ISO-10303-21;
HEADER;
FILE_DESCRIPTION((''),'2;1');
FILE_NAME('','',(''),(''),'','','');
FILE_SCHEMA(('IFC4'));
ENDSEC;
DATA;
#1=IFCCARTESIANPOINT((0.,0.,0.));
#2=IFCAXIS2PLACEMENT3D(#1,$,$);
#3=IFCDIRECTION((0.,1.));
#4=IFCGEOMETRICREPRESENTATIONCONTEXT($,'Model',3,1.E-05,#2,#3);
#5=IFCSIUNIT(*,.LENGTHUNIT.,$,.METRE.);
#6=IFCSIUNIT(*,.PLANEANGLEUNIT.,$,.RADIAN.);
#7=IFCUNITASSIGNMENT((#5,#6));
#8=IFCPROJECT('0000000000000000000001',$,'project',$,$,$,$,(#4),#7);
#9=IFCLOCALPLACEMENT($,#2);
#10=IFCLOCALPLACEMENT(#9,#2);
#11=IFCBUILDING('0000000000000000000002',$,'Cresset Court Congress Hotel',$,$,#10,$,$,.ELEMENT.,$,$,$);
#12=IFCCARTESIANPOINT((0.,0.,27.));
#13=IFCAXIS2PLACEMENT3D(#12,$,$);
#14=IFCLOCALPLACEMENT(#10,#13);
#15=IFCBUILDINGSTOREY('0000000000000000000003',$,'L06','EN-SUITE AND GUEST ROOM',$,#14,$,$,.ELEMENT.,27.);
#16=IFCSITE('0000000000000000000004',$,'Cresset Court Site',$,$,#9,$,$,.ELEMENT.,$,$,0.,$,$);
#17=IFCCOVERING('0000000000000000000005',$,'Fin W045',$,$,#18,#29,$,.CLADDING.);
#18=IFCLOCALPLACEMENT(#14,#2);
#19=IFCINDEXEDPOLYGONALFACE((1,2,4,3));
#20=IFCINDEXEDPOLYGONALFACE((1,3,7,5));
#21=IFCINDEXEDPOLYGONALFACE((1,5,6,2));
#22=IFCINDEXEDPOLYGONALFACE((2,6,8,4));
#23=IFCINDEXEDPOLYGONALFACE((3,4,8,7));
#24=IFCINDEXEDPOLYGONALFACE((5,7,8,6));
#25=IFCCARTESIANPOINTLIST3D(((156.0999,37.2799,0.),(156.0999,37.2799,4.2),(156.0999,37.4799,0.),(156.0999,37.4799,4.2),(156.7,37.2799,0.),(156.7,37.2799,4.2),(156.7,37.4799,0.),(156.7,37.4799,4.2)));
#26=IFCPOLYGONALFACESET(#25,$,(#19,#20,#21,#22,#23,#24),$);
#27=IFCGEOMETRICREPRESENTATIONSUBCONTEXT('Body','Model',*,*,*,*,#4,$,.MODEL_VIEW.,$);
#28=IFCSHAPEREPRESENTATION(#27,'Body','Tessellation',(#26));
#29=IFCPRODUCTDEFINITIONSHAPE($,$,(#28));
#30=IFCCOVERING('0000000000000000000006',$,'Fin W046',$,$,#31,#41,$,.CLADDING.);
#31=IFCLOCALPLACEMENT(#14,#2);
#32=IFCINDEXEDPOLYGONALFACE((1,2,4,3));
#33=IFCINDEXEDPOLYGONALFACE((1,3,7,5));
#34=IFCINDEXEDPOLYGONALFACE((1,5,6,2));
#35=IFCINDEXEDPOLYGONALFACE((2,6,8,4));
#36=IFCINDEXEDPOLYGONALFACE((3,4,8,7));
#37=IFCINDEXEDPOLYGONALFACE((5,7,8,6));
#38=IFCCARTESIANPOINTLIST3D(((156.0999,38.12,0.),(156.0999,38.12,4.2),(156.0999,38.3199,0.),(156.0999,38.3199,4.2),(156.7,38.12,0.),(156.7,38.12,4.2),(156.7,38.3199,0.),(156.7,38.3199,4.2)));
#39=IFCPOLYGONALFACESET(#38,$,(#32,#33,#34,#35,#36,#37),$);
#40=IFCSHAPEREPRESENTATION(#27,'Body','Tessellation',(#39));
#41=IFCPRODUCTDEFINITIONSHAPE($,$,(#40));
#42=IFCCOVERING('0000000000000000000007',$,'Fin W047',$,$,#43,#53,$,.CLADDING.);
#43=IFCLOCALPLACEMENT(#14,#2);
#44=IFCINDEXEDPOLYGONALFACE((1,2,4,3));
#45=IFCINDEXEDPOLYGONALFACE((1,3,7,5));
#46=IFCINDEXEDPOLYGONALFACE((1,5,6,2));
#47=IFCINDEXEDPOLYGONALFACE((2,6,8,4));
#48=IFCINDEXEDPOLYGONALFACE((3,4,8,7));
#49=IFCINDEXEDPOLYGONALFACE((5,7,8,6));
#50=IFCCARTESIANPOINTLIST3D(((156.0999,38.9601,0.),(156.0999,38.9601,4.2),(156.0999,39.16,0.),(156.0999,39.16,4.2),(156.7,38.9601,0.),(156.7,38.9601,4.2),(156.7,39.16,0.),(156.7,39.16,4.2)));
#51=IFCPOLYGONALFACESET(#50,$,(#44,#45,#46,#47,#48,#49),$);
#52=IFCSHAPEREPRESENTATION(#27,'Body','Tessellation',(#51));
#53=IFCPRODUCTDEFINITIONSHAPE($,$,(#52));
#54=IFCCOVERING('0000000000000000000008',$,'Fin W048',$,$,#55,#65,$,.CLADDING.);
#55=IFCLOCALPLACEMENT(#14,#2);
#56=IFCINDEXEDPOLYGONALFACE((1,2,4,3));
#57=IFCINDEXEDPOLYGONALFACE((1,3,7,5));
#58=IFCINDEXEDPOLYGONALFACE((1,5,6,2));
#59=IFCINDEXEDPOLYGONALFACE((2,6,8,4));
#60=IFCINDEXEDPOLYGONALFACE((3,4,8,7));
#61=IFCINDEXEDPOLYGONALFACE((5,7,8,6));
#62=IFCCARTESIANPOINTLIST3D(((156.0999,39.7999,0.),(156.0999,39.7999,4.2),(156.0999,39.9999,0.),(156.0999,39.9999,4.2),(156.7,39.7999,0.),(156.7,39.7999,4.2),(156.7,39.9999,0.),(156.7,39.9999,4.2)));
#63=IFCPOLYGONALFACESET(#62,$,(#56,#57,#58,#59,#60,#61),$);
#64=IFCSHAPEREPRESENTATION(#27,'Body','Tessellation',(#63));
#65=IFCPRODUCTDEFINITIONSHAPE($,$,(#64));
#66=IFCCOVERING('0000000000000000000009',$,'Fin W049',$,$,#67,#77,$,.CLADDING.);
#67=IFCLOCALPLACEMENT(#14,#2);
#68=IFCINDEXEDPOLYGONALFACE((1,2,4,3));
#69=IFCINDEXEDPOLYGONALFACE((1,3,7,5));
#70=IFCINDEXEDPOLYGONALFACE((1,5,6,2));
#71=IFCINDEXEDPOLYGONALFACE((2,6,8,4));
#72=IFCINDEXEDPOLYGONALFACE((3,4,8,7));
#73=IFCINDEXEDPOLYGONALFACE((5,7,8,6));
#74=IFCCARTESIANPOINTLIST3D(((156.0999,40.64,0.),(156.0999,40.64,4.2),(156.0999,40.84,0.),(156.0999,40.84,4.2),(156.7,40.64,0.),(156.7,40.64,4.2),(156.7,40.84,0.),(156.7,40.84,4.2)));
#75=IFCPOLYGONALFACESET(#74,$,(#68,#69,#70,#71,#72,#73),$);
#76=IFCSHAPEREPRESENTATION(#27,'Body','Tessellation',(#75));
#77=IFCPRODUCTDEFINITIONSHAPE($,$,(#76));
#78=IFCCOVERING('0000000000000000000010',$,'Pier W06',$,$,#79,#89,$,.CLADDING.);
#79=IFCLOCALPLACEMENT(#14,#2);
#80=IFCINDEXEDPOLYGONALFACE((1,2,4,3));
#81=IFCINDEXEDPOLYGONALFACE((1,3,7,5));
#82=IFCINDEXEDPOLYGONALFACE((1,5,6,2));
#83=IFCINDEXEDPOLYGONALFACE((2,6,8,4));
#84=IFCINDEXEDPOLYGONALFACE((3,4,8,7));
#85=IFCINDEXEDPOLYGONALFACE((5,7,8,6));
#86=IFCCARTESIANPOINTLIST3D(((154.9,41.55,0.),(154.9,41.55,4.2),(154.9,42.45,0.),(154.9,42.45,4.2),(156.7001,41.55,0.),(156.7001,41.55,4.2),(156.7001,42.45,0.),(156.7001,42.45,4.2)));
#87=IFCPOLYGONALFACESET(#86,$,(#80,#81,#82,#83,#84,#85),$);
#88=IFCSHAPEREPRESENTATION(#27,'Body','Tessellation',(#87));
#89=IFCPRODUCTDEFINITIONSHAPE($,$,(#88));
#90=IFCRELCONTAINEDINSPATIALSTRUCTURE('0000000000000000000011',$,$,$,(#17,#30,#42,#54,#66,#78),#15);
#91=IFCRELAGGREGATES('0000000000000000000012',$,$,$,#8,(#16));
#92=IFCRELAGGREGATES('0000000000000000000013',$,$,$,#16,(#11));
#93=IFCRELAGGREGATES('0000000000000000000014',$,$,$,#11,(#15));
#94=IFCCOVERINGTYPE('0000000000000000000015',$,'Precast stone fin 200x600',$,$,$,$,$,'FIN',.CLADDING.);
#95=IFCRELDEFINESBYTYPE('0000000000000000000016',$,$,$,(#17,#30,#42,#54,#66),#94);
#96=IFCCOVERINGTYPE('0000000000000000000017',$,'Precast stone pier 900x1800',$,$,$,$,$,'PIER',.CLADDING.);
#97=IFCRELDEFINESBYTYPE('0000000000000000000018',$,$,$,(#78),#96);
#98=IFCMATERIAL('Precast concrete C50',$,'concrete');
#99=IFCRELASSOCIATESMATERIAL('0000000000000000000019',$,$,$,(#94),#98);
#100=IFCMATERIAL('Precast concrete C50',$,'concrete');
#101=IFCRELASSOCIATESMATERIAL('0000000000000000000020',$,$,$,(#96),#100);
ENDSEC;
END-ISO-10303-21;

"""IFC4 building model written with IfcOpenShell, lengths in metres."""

from ifc_helpers import new_model, si_unit, direction, frame, origin, origin_2d, place, context, subcontext, project, spatial, rectangle, extrude, material, type_object, element, save


model = new_model("IFC4")

# Units and contexts
model_context = context("Model", 3, precision=1e-05, world=origin(), true_north=direction((0.0, 1.0)))
body_context = subcontext(model_context, "Body", "Model", "MODEL_VIEW")
ifc_project = project(units=[si_unit("LENGTHUNIT", "METRE"), si_unit("PLANEANGLEUNIT", "RADIAN")], contexts=[model_context])

# Site, building, storey
site_placement = place(None, origin())
site = spatial("IfcSite", under=ifc_project, at=site_placement, Name="Cresset Court Site", CompositionType="ELEMENT", RefElevation=0.0)
building_placement = place(site_placement, origin())
building = spatial("IfcBuilding", under=site, at=building_placement, Name="Cresset Court Congress Hotel", CompositionType="ELEMENT")
storey_placement = place(building_placement, frame((0.0, 0.0, 27.0)))
storey = spatial("IfcBuildingStorey", under=building, at=storey_placement, Name="L06", Description="EN-SUITE AND GUEST ROOM", CompositionType="ELEMENT", Elevation=27.0)

# Coverings
ifc_material_1 = material(Name="Precast concrete C50", Category="concrete")
covering_type_1 = type_object("IfcCoveringType", Name="Precast stone fin 200x600", ElementType="FIN", PredefinedType="CLADDING", material=ifc_material_1)
for number, where, z_axis, x_axis, name in (
    (1, (156.3999, 37.3799, 0.0), (0.0, 0.0, 1.0), (1.0, 0.0, 0.0), "Fin W045"),
    (2, (156.3999, 38.22, 0.0), (0.0, 0.0, 1.0), (1.0, 0.0, 0.0), "Fin W046"),
    (3, (156.3999, 39.0601, 0.0), (0.0, 0.0, 1.0), (1.0, 0.0, 0.0), "Fin W047"),
    (4, (156.3999, 39.8999, 0.0), (0.0, 0.0, 1.0), (1.0, 0.0, 0.0), "Fin W048"),
    (5, (156.3999, 40.74, 0.0), (0.0, 0.0, 1.0), (1.0, 0.0, 0.0), "Fin W049"),
):
    element("IfcCovering", number, at=place(storey_placement, frame(where, z_axis=z_axis, x_axis=x_axis)), inside=storey, type_object=covering_type_1, Name=name, PredefinedType="CLADDING", context=body_context, shape_type="SweptSolid", body=[
        extrude(rectangle(XDim=0.6001, YDim=0.2, at=origin_2d()), origin(), (0.0, 0.0, 1.0), 4.2),
    ])
ifc_material_2 = material(Name="Precast concrete C50", Category="concrete")
covering_type_2 = type_object("IfcCoveringType", Name="Precast stone pier 900x1800", ElementType="PIER", PredefinedType="CLADDING", material=ifc_material_2)
covering_placement = place(storey_placement, frame((155.8, 42.0, 0.0), z_axis=(0.0, 0.0, 1.0), x_axis=(1.0, 0.0, 0.0)))
element("IfcCovering", 6, at=covering_placement, inside=storey, type_object=covering_type_2, Name="Pier W06", PredefinedType="CLADDING", context=body_context, shape_type="SweptSolid", body=[
    extrude(rectangle(XDim=1.8, YDim=0.8999, at=origin_2d()), origin(), (0.0, 0.0, 1.0), 4.2),
])

save(model, "model.ifc")
